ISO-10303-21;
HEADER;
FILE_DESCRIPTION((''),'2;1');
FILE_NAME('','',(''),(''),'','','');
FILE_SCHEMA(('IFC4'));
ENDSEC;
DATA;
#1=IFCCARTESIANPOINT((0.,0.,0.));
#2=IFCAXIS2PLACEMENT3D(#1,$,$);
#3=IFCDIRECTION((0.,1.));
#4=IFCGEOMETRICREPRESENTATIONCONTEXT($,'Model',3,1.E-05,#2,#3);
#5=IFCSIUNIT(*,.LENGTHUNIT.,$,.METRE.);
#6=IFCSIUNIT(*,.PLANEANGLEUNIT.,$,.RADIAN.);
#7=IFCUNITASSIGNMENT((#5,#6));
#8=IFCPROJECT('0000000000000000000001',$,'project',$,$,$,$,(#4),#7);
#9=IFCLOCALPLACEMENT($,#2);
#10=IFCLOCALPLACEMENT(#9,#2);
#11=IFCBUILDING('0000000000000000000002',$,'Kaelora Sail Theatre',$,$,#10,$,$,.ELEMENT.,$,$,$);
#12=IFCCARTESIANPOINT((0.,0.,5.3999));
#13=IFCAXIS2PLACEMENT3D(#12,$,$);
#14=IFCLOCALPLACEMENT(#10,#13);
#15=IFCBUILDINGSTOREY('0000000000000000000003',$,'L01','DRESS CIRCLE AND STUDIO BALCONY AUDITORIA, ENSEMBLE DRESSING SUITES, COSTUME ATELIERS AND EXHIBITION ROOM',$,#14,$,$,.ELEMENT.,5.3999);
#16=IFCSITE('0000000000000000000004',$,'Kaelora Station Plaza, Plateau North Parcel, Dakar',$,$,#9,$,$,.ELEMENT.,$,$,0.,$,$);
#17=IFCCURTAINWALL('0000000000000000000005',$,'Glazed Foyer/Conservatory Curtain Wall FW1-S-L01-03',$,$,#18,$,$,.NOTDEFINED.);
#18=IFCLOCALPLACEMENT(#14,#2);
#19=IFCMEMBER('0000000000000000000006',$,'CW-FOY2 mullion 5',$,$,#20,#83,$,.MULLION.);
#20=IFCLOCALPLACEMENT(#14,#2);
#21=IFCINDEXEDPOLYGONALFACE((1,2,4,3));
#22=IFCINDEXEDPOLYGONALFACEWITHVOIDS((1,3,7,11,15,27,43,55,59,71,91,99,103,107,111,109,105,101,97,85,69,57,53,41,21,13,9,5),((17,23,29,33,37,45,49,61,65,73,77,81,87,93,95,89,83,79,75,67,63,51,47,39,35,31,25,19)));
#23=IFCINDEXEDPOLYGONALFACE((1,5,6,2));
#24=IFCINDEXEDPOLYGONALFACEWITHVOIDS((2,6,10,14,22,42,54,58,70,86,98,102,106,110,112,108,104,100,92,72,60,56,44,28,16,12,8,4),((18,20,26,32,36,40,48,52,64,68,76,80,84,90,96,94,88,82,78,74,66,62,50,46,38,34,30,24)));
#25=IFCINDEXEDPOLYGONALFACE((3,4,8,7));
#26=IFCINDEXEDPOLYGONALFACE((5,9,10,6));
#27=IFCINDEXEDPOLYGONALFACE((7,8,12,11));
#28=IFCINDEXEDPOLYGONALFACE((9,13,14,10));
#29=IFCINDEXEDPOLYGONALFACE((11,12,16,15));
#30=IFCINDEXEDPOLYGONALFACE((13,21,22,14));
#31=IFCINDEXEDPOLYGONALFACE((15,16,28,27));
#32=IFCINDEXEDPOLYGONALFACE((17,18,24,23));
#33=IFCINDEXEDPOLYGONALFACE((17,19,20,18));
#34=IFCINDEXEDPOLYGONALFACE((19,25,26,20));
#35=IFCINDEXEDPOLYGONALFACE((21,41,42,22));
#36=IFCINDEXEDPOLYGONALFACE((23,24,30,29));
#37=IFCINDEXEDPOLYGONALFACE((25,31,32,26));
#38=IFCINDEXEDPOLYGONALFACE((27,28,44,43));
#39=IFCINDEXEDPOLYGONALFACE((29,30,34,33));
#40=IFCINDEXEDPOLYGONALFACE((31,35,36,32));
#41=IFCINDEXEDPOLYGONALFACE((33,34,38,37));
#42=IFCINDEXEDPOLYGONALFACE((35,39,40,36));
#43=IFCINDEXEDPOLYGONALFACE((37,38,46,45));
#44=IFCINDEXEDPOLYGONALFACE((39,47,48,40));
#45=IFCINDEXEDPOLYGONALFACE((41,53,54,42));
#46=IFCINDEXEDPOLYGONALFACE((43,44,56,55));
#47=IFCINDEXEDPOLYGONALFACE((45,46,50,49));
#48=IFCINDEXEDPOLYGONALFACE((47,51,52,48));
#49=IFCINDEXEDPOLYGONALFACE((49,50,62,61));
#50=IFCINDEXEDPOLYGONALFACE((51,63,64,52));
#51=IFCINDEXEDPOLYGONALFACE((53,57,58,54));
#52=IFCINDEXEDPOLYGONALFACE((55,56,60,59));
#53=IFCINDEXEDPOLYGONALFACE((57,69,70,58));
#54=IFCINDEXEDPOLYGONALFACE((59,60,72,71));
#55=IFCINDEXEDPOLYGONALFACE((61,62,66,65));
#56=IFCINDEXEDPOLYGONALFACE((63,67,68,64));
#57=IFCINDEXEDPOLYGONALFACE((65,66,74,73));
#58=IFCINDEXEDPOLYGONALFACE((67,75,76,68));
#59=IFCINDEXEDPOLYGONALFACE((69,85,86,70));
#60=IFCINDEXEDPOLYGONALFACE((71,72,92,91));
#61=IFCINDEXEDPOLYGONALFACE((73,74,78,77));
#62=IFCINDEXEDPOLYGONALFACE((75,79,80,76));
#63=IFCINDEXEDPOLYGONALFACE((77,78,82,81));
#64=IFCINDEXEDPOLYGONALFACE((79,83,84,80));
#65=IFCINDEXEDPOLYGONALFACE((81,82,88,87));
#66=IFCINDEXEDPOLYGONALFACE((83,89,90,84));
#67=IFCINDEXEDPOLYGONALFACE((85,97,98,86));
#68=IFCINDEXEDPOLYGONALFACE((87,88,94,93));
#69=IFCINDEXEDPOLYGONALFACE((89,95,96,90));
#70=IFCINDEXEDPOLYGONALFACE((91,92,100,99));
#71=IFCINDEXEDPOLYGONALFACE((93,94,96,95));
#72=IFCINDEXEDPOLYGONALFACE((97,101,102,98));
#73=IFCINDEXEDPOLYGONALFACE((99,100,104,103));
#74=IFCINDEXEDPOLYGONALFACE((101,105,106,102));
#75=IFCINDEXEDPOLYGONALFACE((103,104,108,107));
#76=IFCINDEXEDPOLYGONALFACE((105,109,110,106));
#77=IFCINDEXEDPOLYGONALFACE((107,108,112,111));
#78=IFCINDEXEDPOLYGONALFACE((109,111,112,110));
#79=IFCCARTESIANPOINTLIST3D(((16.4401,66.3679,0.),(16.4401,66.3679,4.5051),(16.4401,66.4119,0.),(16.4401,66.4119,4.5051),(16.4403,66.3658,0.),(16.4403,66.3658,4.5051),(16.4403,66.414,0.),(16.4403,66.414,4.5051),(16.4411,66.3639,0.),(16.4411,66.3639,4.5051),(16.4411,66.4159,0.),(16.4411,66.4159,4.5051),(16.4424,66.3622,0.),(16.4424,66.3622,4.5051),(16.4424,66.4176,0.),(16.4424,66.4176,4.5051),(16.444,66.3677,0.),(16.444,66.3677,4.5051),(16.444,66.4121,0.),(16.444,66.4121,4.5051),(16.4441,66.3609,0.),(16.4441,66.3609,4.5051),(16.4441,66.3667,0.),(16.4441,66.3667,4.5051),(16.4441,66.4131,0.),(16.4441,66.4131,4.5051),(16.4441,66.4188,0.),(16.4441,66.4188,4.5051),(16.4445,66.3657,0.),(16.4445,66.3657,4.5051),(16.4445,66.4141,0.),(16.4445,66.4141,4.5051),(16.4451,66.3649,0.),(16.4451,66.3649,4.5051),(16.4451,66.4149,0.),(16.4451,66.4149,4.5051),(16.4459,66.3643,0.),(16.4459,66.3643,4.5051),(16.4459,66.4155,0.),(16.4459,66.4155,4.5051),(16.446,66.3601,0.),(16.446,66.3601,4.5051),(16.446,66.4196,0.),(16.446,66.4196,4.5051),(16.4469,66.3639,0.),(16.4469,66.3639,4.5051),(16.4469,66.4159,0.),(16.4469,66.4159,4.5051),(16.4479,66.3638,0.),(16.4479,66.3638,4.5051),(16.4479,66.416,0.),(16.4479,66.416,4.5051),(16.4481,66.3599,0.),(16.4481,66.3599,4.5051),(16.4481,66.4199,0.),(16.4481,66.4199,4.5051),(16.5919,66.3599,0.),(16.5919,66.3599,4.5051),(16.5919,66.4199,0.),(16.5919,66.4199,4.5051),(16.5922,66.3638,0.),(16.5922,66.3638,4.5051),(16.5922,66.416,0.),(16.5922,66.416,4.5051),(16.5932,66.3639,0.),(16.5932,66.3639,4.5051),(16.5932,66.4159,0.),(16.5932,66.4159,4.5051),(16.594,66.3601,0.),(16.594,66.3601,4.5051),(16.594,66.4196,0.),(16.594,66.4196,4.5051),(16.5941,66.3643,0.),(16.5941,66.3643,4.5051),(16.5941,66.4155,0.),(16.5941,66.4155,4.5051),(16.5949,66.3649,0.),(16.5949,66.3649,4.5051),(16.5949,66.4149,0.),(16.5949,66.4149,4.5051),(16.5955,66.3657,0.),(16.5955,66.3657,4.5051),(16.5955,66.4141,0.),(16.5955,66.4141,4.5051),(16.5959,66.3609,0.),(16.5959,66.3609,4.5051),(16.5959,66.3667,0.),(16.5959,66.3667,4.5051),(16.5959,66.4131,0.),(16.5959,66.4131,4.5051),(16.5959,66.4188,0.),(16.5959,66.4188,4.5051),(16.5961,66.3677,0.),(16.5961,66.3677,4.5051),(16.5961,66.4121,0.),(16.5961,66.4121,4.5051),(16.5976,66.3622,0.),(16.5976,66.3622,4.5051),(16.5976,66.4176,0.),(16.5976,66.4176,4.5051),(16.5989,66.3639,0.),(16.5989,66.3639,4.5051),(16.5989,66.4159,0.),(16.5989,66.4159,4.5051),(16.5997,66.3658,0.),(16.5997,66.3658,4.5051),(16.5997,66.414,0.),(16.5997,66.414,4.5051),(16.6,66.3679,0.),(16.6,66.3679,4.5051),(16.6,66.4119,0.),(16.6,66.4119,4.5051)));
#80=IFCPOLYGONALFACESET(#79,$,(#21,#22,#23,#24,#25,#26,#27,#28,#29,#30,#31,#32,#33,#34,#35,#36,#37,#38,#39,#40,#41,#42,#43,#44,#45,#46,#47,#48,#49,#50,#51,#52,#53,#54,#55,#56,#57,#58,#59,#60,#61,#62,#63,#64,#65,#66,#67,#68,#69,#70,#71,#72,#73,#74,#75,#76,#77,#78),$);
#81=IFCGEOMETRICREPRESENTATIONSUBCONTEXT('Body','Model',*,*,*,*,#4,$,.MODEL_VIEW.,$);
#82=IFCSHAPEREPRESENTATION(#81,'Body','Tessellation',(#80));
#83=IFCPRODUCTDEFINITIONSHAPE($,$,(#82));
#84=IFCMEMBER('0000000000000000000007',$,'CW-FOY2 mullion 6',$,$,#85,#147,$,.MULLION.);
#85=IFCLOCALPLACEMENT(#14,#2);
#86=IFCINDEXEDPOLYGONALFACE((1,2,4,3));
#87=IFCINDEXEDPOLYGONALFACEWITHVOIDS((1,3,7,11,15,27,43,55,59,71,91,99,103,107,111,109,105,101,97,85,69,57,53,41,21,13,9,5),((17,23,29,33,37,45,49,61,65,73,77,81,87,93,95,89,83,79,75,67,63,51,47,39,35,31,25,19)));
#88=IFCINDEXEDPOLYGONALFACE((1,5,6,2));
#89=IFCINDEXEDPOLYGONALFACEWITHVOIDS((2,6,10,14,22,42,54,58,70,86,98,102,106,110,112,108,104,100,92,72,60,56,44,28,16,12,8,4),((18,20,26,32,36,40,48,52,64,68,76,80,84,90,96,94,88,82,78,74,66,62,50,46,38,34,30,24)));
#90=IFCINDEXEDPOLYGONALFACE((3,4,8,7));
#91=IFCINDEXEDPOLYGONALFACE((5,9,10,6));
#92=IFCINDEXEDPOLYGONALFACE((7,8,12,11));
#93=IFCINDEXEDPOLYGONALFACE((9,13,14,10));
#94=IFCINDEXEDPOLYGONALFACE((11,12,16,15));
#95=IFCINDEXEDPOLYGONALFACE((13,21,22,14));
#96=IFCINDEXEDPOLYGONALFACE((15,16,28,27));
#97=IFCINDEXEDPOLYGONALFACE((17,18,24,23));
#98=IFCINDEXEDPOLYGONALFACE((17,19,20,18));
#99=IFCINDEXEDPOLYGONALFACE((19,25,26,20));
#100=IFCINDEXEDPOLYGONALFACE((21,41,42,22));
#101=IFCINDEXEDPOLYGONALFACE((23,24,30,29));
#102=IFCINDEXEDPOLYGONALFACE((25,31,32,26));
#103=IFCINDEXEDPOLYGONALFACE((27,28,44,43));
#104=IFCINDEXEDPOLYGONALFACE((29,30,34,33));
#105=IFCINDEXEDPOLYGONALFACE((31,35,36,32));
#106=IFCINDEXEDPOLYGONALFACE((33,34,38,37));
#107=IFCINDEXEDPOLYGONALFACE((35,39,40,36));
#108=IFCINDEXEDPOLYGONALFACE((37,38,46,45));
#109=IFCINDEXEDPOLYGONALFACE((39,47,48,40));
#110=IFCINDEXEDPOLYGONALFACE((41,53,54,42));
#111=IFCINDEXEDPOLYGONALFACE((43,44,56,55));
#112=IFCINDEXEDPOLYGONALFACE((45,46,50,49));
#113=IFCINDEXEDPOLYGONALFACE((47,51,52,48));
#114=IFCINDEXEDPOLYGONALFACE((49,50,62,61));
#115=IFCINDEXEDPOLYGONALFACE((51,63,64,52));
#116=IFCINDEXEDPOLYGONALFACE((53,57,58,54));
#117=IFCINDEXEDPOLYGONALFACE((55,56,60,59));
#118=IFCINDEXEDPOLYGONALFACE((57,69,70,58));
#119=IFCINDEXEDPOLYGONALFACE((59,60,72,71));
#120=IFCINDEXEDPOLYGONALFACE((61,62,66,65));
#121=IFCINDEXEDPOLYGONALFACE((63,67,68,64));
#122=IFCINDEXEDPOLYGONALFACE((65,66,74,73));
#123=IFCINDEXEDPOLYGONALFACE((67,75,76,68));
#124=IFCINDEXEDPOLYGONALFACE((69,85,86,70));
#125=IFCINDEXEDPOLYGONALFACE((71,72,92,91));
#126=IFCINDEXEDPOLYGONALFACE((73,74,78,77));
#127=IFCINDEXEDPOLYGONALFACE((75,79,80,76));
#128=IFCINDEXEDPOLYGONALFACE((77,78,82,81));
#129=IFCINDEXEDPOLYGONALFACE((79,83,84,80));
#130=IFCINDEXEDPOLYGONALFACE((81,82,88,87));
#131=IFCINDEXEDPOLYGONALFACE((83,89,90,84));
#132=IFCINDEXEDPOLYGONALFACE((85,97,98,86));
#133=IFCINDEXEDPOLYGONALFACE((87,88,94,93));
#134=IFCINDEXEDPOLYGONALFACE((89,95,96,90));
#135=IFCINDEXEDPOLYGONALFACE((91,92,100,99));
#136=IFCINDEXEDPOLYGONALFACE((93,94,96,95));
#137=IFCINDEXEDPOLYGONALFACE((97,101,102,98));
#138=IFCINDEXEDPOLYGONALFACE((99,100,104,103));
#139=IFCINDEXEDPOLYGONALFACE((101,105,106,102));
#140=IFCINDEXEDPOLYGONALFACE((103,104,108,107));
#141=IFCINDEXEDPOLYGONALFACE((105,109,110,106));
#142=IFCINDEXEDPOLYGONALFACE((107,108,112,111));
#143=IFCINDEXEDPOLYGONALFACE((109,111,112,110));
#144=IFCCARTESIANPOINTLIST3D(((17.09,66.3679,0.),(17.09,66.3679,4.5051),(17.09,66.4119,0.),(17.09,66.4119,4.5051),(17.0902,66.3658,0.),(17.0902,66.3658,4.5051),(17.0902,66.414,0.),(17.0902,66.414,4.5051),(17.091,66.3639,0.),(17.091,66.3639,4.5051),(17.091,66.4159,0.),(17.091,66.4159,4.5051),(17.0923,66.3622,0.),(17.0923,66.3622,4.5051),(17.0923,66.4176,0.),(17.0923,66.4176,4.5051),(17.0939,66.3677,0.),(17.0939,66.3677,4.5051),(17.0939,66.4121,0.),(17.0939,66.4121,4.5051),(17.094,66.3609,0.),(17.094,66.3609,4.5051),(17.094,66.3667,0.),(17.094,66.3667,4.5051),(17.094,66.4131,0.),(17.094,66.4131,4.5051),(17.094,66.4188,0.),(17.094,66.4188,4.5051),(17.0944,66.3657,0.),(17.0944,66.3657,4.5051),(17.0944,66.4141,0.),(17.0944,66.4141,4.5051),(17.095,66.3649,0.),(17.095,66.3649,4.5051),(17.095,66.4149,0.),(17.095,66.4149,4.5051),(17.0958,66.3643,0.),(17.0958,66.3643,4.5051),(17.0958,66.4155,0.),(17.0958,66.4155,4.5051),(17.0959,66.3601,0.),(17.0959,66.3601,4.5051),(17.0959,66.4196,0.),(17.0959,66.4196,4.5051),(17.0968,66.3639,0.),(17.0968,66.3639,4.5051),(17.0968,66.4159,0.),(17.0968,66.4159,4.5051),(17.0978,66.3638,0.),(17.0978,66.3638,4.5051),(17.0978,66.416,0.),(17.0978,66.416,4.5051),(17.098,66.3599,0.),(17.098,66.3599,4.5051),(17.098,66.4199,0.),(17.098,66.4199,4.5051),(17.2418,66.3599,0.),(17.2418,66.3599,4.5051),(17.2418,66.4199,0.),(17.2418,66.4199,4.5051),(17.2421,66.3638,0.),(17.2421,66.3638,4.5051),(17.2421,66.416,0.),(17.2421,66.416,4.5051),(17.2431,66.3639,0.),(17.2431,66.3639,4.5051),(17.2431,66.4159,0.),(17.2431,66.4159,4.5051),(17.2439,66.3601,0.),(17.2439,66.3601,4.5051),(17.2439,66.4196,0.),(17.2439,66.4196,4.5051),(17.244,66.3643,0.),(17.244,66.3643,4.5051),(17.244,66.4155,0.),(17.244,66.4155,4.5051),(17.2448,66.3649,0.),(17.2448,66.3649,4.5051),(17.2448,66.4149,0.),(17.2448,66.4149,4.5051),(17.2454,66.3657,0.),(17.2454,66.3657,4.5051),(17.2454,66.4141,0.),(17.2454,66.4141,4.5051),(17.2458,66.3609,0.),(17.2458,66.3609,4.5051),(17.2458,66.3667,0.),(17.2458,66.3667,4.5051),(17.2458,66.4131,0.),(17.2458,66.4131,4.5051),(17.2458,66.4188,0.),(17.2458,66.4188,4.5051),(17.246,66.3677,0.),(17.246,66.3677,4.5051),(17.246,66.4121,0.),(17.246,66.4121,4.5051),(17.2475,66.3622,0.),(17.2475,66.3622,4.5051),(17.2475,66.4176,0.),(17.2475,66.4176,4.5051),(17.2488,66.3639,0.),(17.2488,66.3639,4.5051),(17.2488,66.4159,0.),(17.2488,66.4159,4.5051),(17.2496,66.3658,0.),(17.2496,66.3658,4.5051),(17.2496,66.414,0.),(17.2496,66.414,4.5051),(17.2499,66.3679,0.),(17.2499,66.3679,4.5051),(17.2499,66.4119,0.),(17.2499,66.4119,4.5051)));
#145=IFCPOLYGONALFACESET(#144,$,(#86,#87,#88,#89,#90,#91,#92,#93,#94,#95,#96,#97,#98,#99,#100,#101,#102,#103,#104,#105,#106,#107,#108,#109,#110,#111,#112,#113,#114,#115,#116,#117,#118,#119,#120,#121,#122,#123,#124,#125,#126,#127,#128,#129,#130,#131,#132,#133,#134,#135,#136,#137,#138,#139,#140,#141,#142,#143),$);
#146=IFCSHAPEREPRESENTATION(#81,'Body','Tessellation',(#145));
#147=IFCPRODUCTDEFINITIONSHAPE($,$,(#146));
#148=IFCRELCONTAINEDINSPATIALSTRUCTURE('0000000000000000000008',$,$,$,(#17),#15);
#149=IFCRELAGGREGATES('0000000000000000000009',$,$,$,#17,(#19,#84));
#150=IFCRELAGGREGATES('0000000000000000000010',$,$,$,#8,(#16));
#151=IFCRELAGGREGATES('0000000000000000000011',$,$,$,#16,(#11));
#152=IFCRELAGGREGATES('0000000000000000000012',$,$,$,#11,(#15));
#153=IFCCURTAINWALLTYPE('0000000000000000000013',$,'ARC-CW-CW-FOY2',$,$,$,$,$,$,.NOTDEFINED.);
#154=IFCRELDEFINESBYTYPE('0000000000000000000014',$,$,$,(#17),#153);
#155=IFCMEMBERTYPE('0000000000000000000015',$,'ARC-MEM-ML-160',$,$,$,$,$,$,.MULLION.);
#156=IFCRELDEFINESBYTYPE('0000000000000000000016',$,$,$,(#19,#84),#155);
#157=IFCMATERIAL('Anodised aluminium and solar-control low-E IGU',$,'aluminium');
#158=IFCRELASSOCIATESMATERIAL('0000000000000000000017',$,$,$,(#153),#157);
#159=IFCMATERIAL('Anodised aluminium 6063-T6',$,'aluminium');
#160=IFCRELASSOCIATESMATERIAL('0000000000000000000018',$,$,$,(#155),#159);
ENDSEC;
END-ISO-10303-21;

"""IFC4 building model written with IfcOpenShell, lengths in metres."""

from ifc_helpers import new_model, si_unit, direction, frame, origin, origin_2d, place, context, subcontext, project, spatial, hollow_rectangle, extrude, material, material_profile, profile_set, type_object, element, aggregate, save


model = new_model("IFC4")

# Units and contexts
model_context = context("Model", 3, precision=1e-05, world=origin(), true_north=direction((0.0, 1.0)))
body_context = subcontext(model_context, "Body", "Model", "MODEL_VIEW")
ifc_project = project(units=[si_unit("LENGTHUNIT", "METRE"), si_unit("PLANEANGLEUNIT", "RADIAN")], contexts=[model_context])

# Site, building, storey
site_placement = place(None, origin())
site = spatial("IfcSite", under=ifc_project, at=site_placement, Name="Kaelora Station Plaza, Plateau North Parcel, Dakar", CompositionType="ELEMENT", RefElevation=0.0)
building_placement = place(site_placement, origin())
building = spatial("IfcBuilding", under=site, at=building_placement, Name="Kaelora Sail Theatre", CompositionType="ELEMENT")
storey_placement = place(building_placement, frame((0.0, 0.0, 5.3999)))
storey = spatial("IfcBuildingStorey", under=building, at=storey_placement, Name="L01", Description="DRESS CIRCLE AND STUDIO BALCONY AUDITORIA, ENSEMBLE DRESSING SUITES, COSTUME ATELIERS AND EXHIBITION ROOM", CompositionType="ELEMENT", Elevation=5.3999)

# Curtain wall, members
ifc_material_1 = material(Name="Anodised aluminium and solar-control low-E IGU", Category="aluminium")
curtain_wall_type = type_object("IfcCurtainWallType", Name="ARC-CW-CW-FOY2", PredefinedType="NOTDEFINED", material=ifc_material_1)
curtain_wall_1_placement = place(storey_placement, origin())
curtain_wall_1 = element("IfcCurtainWall", 1, at=curtain_wall_1_placement, inside=storey, type_object=curtain_wall_type, Name="Glazed Foyer/Conservatory Curtain Wall FW1-S-L01-03", PredefinedType="NOTDEFINED")
ifc_material_2 = material(Name="Anodised aluminium 6063-T6", Category="aluminium")
ifc_material_profile_1 = material_profile(ifc_material_2, hollow_rectangle(XDim=0.0601, YDim=0.1599, WallThickness=0.0039, InnerFilletRadius=0.0039, OuterFilletRadius=0.0081, at=origin_2d()), Name="ALU-MULL 60x160x4")
ifc_profile_set_1 = profile_set([ifc_material_profile_1], Name="Anodised aluminium 6063-T6")
member_type_1 = type_object("IfcMemberType", Name="ARC-MEM-ML-160", PredefinedType="MULLION", material=ifc_profile_set_1)
member_1_placement = place(storey_placement, frame((16.52, 66.3899, 0.0), z_axis=(0.0, 0.0, 1.0), x_axis=(0.0, 1.0, 0.0)))
member_1 = element("IfcMember", 2, at=member_1_placement, type_object=member_type_1, Name="CW-FOY2 mullion 5", PredefinedType="MULLION", context=body_context, shape_type="SweptSolid", body=[
    extrude(hollow_rectangle(XDim=0.0601, YDim=0.1599, WallThickness=0.0039, InnerFilletRadius=0.0039, OuterFilletRadius=0.0081, at=origin_2d()), origin(), (0.0, 0.0, 1.0), 4.5051),
])
member_2_placement = place(storey_placement, frame((17.1699, 66.3899, 0.0), z_axis=(0.0, 0.0, 1.0), x_axis=(0.0, 1.0, 0.0)))
member_2 = element("IfcMember", 3, at=member_2_placement, type_object=member_type_1, Name="CW-FOY2 mullion 6", PredefinedType="MULLION", context=body_context, shape_type="SweptSolid", body=[
    extrude(hollow_rectangle(XDim=0.0601, YDim=0.1599, WallThickness=0.0039, InnerFilletRadius=0.0039, OuterFilletRadius=0.0081, at=origin_2d()), origin(), (0.0, 0.0, 1.0), 4.5051),
])

aggregate(curtain_wall_1, [member_1, member_2])

save(model, "model.ifc")
